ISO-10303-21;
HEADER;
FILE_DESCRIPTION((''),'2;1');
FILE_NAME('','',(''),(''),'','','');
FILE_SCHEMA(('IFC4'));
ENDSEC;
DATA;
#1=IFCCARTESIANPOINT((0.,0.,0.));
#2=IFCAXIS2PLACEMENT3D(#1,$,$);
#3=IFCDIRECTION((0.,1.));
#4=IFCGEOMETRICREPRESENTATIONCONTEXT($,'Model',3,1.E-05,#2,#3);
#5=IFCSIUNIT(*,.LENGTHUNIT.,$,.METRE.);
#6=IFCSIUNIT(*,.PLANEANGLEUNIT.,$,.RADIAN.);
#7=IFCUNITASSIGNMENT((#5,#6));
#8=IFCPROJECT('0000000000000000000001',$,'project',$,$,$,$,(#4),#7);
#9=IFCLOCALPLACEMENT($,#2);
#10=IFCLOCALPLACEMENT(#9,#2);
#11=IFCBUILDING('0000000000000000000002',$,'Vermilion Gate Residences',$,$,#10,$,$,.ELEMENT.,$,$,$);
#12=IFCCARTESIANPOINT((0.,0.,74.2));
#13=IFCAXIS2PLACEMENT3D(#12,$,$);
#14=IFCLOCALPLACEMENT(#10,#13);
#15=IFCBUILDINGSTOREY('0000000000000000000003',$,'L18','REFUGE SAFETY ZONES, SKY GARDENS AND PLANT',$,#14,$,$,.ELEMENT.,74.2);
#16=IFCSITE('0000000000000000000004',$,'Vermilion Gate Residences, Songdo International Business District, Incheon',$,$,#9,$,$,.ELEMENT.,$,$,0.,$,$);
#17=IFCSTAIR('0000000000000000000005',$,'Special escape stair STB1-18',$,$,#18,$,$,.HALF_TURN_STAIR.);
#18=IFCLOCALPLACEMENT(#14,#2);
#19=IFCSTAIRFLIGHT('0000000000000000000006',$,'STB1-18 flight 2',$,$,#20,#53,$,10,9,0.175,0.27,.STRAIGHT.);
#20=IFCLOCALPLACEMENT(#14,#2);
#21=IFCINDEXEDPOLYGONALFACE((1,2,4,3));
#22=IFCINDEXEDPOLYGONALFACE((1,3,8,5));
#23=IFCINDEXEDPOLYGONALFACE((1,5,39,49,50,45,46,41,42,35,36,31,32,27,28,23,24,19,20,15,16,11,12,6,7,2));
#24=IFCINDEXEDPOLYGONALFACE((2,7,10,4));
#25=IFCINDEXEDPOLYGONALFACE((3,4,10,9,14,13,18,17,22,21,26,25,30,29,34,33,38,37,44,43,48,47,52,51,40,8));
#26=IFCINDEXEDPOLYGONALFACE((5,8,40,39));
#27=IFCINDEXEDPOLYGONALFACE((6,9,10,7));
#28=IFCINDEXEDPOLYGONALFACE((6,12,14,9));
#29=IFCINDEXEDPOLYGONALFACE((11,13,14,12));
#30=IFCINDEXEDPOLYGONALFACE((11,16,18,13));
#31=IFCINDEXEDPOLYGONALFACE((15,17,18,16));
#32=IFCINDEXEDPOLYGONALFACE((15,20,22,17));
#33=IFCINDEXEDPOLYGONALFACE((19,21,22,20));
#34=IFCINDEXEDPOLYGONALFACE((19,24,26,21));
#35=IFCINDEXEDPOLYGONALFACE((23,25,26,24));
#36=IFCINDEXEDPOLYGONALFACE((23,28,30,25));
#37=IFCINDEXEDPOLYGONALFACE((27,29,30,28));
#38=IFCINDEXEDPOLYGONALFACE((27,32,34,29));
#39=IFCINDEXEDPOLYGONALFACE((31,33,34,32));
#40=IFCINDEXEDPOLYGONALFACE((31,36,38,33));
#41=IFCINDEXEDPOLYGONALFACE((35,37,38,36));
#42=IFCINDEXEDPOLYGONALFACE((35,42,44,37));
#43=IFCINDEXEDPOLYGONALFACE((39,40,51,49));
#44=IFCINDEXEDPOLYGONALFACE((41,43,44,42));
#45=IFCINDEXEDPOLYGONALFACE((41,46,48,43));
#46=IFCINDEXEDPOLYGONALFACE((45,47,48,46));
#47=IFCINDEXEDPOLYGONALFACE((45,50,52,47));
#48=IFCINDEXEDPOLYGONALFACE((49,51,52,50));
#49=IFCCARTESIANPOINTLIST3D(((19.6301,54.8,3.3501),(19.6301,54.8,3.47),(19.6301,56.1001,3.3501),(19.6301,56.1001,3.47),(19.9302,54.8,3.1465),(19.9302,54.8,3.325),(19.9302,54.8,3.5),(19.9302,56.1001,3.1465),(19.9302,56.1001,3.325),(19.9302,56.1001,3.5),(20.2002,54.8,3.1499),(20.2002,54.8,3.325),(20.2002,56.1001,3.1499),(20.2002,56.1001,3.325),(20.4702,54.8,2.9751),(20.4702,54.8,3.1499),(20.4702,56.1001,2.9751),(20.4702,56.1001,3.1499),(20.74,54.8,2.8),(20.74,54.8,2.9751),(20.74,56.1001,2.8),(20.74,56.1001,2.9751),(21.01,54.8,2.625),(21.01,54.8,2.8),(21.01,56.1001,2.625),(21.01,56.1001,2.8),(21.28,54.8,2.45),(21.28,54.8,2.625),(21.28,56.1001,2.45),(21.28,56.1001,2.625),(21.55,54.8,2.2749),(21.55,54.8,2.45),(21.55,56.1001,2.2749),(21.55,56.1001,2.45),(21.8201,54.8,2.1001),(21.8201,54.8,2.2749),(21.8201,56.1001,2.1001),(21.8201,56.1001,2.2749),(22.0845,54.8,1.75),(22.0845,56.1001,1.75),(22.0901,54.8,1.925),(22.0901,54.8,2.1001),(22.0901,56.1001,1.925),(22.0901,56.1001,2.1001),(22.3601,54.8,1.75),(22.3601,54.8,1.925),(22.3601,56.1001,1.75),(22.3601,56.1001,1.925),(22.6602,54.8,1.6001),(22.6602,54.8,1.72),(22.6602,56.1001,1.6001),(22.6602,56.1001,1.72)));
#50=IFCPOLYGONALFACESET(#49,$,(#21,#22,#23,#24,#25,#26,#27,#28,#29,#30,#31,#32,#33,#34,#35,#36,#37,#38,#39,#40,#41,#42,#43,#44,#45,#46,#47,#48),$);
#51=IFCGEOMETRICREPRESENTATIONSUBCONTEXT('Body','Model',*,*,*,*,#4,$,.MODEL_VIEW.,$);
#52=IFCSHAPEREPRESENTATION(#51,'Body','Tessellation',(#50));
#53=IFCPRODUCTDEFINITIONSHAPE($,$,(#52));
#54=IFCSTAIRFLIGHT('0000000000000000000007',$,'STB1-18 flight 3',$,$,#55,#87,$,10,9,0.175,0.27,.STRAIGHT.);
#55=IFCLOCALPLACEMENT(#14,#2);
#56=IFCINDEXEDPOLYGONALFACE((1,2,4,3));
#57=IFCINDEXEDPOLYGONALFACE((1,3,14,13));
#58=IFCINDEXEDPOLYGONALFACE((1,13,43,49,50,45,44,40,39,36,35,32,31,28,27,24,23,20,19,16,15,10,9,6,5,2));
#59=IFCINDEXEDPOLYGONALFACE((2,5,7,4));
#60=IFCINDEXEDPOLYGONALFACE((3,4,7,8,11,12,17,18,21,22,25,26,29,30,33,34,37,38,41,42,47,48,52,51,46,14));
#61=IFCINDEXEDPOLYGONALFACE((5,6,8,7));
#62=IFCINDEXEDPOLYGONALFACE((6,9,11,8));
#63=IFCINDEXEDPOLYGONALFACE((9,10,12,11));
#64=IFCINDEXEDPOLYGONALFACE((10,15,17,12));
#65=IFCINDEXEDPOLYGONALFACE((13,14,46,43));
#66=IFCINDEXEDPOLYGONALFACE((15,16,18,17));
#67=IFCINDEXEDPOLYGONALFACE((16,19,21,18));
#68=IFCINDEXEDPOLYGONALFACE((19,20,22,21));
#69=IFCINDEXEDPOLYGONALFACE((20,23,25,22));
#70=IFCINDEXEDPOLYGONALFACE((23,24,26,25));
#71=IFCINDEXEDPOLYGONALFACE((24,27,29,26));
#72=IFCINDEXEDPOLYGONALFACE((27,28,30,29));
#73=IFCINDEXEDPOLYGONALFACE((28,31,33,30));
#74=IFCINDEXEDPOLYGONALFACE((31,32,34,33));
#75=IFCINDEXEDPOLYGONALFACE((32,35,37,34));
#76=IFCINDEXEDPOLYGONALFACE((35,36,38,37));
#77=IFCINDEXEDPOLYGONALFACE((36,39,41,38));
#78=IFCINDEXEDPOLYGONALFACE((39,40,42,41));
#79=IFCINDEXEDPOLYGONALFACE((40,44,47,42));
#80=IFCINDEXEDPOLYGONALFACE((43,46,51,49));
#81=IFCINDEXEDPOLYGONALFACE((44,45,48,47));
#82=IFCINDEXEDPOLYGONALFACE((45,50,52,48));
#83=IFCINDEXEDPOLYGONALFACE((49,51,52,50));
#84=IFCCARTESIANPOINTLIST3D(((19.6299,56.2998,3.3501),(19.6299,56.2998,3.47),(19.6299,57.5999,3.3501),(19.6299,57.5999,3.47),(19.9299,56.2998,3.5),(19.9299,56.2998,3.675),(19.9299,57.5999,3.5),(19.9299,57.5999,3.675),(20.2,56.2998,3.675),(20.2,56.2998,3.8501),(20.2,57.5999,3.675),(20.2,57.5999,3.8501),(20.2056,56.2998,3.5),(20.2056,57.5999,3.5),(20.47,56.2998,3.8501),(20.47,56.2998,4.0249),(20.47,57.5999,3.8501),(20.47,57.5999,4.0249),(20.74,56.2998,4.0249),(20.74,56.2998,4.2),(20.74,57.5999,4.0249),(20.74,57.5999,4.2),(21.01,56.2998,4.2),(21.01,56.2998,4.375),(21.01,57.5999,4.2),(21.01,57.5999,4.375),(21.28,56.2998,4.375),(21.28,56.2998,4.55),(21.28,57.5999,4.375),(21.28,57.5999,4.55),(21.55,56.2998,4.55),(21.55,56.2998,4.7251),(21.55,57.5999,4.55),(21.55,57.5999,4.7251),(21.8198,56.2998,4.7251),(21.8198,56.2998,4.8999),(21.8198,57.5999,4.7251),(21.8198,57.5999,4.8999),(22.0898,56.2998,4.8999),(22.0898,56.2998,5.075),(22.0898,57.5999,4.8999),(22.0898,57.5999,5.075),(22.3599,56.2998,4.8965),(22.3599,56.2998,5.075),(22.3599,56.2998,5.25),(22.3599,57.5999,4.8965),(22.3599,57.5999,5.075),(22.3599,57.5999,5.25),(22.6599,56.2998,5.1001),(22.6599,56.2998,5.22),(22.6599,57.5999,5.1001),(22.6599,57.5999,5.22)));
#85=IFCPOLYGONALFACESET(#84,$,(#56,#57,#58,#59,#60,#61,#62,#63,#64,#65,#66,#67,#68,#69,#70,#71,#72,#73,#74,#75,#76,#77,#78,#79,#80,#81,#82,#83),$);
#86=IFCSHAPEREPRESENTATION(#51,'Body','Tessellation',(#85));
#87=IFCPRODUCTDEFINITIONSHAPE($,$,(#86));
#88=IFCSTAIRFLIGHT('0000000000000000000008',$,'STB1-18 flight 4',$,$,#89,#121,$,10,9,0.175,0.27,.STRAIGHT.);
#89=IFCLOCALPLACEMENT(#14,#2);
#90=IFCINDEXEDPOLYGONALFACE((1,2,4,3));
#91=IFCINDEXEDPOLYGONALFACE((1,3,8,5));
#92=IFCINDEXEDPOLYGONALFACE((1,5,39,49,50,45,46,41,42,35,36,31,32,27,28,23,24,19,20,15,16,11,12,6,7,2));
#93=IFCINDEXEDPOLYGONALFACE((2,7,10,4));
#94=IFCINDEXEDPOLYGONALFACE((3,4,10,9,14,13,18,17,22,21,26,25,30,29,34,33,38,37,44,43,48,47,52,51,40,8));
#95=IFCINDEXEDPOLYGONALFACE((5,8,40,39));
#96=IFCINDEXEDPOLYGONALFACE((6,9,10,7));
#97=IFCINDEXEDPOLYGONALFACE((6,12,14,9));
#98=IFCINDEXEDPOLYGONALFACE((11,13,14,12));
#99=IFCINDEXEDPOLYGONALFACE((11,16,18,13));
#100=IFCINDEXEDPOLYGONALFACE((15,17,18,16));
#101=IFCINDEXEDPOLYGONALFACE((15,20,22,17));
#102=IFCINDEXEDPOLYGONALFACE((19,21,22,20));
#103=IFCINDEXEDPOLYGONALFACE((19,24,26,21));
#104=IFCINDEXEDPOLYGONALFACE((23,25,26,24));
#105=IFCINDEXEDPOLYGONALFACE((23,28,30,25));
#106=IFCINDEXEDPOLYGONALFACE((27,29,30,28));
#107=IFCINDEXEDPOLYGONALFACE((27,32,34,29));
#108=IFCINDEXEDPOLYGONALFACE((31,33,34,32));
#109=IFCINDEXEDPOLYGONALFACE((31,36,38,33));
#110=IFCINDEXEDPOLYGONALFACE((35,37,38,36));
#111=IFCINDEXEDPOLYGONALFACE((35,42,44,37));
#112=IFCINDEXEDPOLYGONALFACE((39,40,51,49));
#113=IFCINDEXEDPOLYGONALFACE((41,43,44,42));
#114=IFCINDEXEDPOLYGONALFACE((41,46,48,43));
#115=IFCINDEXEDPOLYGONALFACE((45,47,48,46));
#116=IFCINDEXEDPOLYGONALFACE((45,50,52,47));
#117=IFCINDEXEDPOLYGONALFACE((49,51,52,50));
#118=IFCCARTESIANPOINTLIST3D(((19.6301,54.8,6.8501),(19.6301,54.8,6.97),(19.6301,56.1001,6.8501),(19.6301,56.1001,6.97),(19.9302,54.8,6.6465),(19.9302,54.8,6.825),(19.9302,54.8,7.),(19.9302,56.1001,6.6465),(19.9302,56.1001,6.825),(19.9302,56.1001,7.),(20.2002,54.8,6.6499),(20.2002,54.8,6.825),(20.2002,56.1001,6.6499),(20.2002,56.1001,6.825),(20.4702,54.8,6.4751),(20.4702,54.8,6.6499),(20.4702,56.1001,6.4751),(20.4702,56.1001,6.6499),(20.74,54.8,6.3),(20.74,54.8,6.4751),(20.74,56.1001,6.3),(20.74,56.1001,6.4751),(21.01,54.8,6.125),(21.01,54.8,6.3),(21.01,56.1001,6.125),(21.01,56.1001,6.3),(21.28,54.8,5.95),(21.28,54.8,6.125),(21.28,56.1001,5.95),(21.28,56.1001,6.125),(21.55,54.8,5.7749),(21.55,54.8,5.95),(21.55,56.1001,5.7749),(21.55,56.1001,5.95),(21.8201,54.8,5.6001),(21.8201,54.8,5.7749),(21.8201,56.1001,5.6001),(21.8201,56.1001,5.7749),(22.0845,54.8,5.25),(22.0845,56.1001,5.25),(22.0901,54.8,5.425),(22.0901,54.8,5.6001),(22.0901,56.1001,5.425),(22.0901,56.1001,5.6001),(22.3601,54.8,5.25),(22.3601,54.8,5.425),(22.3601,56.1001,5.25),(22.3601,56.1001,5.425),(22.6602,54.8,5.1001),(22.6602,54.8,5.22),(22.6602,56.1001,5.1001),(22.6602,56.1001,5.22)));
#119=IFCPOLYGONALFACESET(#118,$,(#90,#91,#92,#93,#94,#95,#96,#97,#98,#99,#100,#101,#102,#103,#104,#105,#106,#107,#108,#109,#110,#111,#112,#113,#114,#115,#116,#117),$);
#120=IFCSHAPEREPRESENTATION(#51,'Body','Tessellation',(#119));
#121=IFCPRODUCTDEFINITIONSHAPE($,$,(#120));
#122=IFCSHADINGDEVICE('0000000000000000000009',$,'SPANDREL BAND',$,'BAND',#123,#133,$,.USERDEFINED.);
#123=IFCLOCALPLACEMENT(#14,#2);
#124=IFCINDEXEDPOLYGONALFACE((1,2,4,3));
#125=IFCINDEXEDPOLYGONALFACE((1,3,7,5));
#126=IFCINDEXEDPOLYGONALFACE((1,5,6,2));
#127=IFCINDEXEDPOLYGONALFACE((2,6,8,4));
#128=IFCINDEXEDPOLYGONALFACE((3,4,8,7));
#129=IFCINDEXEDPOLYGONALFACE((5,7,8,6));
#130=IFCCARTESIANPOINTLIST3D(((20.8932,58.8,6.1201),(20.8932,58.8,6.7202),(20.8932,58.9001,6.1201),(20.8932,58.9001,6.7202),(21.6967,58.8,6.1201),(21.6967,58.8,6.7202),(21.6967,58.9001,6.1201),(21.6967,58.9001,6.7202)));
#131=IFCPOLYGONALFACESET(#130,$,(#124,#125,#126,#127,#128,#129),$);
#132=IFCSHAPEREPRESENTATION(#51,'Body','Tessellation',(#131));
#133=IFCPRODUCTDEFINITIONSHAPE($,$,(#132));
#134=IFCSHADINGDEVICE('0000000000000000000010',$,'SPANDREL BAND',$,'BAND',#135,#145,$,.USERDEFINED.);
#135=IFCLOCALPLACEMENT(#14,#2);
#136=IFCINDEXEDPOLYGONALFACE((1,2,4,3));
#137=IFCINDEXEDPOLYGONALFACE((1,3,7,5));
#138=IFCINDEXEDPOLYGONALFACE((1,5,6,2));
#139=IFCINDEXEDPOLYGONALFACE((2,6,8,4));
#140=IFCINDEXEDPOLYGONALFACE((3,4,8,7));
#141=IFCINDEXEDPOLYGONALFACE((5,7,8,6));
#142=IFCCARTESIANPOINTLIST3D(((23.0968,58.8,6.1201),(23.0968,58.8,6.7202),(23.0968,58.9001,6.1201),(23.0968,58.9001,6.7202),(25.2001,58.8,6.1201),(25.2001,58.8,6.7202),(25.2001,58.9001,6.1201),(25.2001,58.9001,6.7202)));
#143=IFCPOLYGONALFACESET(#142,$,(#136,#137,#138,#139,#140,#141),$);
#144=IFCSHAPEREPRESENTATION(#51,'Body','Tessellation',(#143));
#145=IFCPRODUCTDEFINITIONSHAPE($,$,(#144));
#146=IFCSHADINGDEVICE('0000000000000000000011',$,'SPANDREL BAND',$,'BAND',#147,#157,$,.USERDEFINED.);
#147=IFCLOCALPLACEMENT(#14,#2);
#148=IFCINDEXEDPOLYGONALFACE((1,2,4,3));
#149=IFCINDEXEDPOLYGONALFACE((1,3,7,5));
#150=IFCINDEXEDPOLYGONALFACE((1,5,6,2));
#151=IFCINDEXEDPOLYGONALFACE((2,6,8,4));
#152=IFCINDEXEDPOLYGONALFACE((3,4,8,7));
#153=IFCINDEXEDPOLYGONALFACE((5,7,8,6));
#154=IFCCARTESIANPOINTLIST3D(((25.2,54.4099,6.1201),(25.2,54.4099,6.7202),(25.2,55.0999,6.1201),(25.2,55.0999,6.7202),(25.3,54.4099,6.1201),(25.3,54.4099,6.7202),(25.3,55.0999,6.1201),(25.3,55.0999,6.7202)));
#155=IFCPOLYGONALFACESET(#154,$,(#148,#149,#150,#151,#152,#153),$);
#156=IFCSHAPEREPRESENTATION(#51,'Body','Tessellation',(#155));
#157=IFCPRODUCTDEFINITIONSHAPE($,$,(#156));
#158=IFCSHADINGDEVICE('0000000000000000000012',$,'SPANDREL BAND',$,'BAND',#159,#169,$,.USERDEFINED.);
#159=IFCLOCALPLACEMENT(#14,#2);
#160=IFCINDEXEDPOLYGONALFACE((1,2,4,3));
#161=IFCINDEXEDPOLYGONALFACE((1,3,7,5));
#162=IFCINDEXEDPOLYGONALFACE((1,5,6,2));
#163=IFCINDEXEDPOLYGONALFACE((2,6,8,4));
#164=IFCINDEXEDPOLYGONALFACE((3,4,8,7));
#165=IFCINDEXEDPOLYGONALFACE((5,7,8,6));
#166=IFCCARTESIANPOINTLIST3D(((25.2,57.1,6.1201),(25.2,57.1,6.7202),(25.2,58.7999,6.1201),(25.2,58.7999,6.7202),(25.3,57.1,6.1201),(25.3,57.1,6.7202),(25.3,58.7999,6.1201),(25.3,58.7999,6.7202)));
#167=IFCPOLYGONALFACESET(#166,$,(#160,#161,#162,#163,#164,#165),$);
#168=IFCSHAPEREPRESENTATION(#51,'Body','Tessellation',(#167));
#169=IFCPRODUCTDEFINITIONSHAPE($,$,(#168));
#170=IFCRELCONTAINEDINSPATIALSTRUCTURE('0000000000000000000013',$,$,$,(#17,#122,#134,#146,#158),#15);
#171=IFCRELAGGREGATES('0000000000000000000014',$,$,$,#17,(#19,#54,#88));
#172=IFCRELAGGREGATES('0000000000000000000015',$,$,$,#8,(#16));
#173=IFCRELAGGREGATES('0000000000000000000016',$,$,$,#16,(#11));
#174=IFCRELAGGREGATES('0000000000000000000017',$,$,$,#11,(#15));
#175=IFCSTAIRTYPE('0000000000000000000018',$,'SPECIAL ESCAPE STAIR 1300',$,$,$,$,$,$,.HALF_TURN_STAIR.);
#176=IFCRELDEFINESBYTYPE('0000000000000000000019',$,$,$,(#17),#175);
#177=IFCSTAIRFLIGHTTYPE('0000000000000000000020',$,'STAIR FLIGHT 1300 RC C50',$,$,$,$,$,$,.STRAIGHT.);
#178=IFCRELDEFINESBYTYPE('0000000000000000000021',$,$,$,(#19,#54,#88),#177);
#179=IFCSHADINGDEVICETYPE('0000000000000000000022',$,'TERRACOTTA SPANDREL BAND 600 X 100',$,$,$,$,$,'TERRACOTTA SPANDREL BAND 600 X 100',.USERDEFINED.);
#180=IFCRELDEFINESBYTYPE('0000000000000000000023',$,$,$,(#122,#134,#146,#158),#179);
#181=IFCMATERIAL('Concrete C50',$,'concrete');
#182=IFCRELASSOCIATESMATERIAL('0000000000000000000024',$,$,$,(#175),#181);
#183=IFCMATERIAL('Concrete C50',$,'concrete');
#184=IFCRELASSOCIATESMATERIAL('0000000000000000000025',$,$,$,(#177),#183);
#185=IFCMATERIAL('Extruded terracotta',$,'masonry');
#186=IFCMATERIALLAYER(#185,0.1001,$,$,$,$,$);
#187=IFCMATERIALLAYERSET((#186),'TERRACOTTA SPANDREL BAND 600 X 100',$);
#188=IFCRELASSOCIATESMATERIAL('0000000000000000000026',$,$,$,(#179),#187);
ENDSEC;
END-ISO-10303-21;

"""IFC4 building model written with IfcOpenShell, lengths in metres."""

from ifc_helpers import new_model, si_unit, direction, frame, origin, origin_2d, place, context, subcontext, project, spatial, polyline, rectangle, outline, extrude, material, layer, layer_set, type_object, element, aggregate, save


model = new_model("IFC4")

# Units and contexts
model_context = context("Model", 3, precision=1e-05, world=origin(), true_north=direction((0.0, 1.0)))
body_context = subcontext(model_context, "Body", "Model", "MODEL_VIEW")
ifc_project = project(units=[si_unit("LENGTHUNIT", "METRE"), si_unit("PLANEANGLEUNIT", "RADIAN")], contexts=[model_context])

# Site, building, storey
site_placement = place(None, origin())
site = spatial("IfcSite", under=ifc_project, at=site_placement, Name="Vermilion Gate Residences, Songdo International Business District, Incheon", CompositionType="ELEMENT", RefElevation=0.0)
building_placement = place(site_placement, origin())
building = spatial("IfcBuilding", under=site, at=building_placement, Name="Vermilion Gate Residences", CompositionType="ELEMENT")
storey_placement = place(building_placement, frame((0.0, 0.0, 74.2)))
storey = spatial("IfcBuildingStorey", under=building, at=storey_placement, Name="L18", Description="REFUGE SAFETY ZONES, SKY GARDENS AND PLANT", CompositionType="ELEMENT", Elevation=74.2)

# Stair, stair flights
ifc_material_1 = material(Name="Concrete C50", Category="concrete")
stair_type = type_object("IfcStairType", Name="SPECIAL ESCAPE STAIR 1300", PredefinedType="HALF_TURN_STAIR", material=ifc_material_1)
stair_placement = place(storey_placement, origin())
stair = element("IfcStair", 1, at=stair_placement, inside=storey, type_object=stair_type, Name="Special escape stair STB1-18", PredefinedType="HALF_TURN_STAIR")
ifc_material_2 = material(Name="Concrete C50", Category="concrete")
stair_flight_type = type_object("IfcStairFlightType", Name="STAIR FLIGHT 1300 RC C50", PredefinedType="STRAIGHT", material=ifc_material_2)
stair_flight_1_placement = place(storey_placement, frame((22.3601, 55.45, 1.75), z_axis=(0.0, 0.0, 1.0), x_axis=(-1.0, 0.0, 0.0)))
stair_flight_1 = element("IfcStairFlight", 2, at=stair_flight_1_placement, type_object=stair_flight_type, Name="STB1-18 flight 2", NumberOfRisers=10, NumberOfTreads=9, PredefinedType="STRAIGHT", RiserHeight=0.175, TreadLength=0.27, context=body_context, shape_type="SweptSolid", body=[
    extrude(outline(polyline([(-0.3, -0.1499), (-0.3, -0.03), (0.0, 0.0), (0.0, 0.175), (0.27, 0.175), (0.27, 0.3501), (0.54, 0.3501), (0.54, 0.5249), (0.8101, 0.5249), (0.8101, 0.7), (1.0801, 0.7), (1.0801, 0.875), (1.3501, 0.875), (1.3501, 1.05), (1.6201, 1.05), (1.6201, 1.2251), (1.8899, 1.2251), (1.8899, 1.3999), (2.1599, 1.3999), (2.1599, 1.575), (2.4299, 1.575), (2.4299, 1.75), (2.73, 1.72), (2.73, 1.6001), (2.4299, 1.3965), (0.2756, 0.0), (-0.3, -0.1499)])), frame((0.0, 0.6499, 0.0), z_axis=(0.0, -1.0, 0.0), x_axis=(1.0, 0.0, 0.0)), (0.0, 0.0, 1.0), 1.3),
])
stair_flight_2_placement = place(storey_placement, frame((19.9299, 56.95, 3.5), z_axis=(0.0, 0.0, 1.0), x_axis=(1.0, 0.0, 0.0)))
stair_flight_2 = element("IfcStairFlight", 3, at=stair_flight_2_placement, type_object=stair_flight_type, Name="STB1-18 flight 3", NumberOfRisers=10, NumberOfTreads=9, PredefinedType="STRAIGHT", RiserHeight=0.175, TreadLength=0.27, context=body_context, shape_type="SweptSolid", body=[
    extrude(outline(polyline([(-0.3, -0.1499), (-0.3, -0.03), (0.0, 0.0), (0.0, 0.175), (0.27, 0.175), (0.27, 0.3501), (0.54, 0.3501), (0.54, 0.5249), (0.8101, 0.5249), (0.8101, 0.7), (1.0801, 0.7), (1.0801, 0.875), (1.3501, 0.875), (1.3501, 1.05), (1.6201, 1.05), (1.6201, 1.2251), (1.8899, 1.2251), (1.8899, 1.3999), (2.1599, 1.3999), (2.1599, 1.575), (2.4299, 1.575), (2.4299, 1.75), (2.73, 1.72), (2.73, 1.6001), (2.4299, 1.3965), (0.2756, 0.0), (-0.3, -0.1499)])), frame((0.0, 0.6499, 0.0), z_axis=(0.0, -1.0, 0.0), x_axis=(1.0, 0.0, 0.0)), (0.0, 0.0, 1.0), 1.3),
])
stair_flight_3_placement = place(storey_placement, frame((22.3601, 55.45, 5.25), z_axis=(0.0, 0.0, 1.0), x_axis=(-1.0, 0.0, 0.0)))
stair_flight_3 = element("IfcStairFlight", 4, at=stair_flight_3_placement, type_object=stair_flight_type, Name="STB1-18 flight 4", NumberOfRisers=10, NumberOfTreads=9, PredefinedType="STRAIGHT", RiserHeight=0.175, TreadLength=0.27, context=body_context, shape_type="SweptSolid", body=[
    extrude(outline(polyline([(-0.3, -0.1499), (-0.3, -0.03), (0.0, 0.0), (0.0, 0.175), (0.27, 0.175), (0.27, 0.3501), (0.54, 0.3501), (0.54, 0.5249), (0.8101, 0.5249), (0.8101, 0.7), (1.0801, 0.7), (1.0801, 0.875), (1.3501, 0.875), (1.3501, 1.05), (1.6201, 1.05), (1.6201, 1.2251), (1.8899, 1.2251), (1.8899, 1.3999), (2.1599, 1.3999), (2.1599, 1.575), (2.4299, 1.575), (2.4299, 1.75), (2.73, 1.72), (2.73, 1.6001), (2.4299, 1.3965), (0.2756, 0.0), (-0.3, -0.1499)])), frame((0.0, 0.6499, 0.0), z_axis=(0.0, -1.0, 0.0), x_axis=(1.0, 0.0, 0.0)), (0.0, 0.0, 1.0), 1.3),
])
aggregate(stair, [stair_flight_1, stair_flight_2, stair_flight_3])

# Shading devices
ifc_material_3 = material(Name="Extruded terracotta", Category="masonry")
ifc_layer_1 = layer(ifc_material_3, 0.1001)
ifc_layer_set_1 = layer_set([ifc_layer_1], Name="TERRACOTTA SPANDREL BAND 600 X 100")
shading_device_type = type_object("IfcShadingDeviceType", Name="TERRACOTTA SPANDREL BAND 600 X 100", ElementType="TERRACOTTA SPANDREL BAND 600 X 100", PredefinedType="USERDEFINED", material=ifc_layer_set_1)
shading_device_1_placement = place(storey_placement, frame((21.2949, 58.8501, 6.1201), z_axis=(0.0, 0.0, 1.0), x_axis=(1.0, 0.0, 0.0)))
element("IfcShadingDevice", 5, at=shading_device_1_placement, inside=storey, type_object=shading_device_type, Name="SPANDREL BAND", ObjectType="BAND", PredefinedType="USERDEFINED", context=body_context, shape_type="SweptSolid", body=[
    extrude(rectangle(XDim=0.8035, YDim=0.1001, at=origin_2d()), origin(), (0.0, 0.0, 1.0), 0.6001),
])
shading_device_2_placement = place(storey_placement, frame((24.1484, 58.8501, 6.1201), z_axis=(0.0, 0.0, 1.0), x_axis=(1.0, 0.0, 0.0)))
element("IfcShadingDevice", 6, at=shading_device_2_placement, inside=storey, type_object=shading_device_type, Name="SPANDREL BAND", ObjectType="BAND", PredefinedType="USERDEFINED", context=body_context, shape_type="SweptSolid", body=[
    extrude(rectangle(XDim=2.1033, YDim=0.1001, at=origin_2d()), origin(), (0.0, 0.0, 1.0), 0.6001),
])
shading_device_3_placement = place(storey_placement, frame((25.25, 54.7549, 6.1201), z_axis=(0.0, 0.0, 1.0), x_axis=(0.0, 1.0, 0.0)))
element("IfcShadingDevice", 7, at=shading_device_3_placement, inside=storey, type_object=shading_device_type, Name="SPANDREL BAND", ObjectType="BAND", PredefinedType="USERDEFINED", context=body_context, shape_type="SweptSolid", body=[
    extrude(rectangle(XDim=0.6899, YDim=0.1001, at=origin_2d()), origin(), (0.0, 0.0, 1.0), 0.6001),
])
shading_device_4_placement = place(storey_placement, frame((25.25, 57.95, 6.1201), z_axis=(0.0, 0.0, 1.0), x_axis=(0.0, 1.0, 0.0)))
element("IfcShadingDevice", 8, at=shading_device_4_placement, inside=storey, type_object=shading_device_type, Name="SPANDREL BAND", ObjectType="BAND", PredefinedType="USERDEFINED", context=body_context, shape_type="SweptSolid", body=[
    extrude(rectangle(XDim=1.7, YDim=0.1001, at=origin_2d()), origin(), (0.0, 0.0, 1.0), 0.6001),
])

save(model, "model.ifc")
